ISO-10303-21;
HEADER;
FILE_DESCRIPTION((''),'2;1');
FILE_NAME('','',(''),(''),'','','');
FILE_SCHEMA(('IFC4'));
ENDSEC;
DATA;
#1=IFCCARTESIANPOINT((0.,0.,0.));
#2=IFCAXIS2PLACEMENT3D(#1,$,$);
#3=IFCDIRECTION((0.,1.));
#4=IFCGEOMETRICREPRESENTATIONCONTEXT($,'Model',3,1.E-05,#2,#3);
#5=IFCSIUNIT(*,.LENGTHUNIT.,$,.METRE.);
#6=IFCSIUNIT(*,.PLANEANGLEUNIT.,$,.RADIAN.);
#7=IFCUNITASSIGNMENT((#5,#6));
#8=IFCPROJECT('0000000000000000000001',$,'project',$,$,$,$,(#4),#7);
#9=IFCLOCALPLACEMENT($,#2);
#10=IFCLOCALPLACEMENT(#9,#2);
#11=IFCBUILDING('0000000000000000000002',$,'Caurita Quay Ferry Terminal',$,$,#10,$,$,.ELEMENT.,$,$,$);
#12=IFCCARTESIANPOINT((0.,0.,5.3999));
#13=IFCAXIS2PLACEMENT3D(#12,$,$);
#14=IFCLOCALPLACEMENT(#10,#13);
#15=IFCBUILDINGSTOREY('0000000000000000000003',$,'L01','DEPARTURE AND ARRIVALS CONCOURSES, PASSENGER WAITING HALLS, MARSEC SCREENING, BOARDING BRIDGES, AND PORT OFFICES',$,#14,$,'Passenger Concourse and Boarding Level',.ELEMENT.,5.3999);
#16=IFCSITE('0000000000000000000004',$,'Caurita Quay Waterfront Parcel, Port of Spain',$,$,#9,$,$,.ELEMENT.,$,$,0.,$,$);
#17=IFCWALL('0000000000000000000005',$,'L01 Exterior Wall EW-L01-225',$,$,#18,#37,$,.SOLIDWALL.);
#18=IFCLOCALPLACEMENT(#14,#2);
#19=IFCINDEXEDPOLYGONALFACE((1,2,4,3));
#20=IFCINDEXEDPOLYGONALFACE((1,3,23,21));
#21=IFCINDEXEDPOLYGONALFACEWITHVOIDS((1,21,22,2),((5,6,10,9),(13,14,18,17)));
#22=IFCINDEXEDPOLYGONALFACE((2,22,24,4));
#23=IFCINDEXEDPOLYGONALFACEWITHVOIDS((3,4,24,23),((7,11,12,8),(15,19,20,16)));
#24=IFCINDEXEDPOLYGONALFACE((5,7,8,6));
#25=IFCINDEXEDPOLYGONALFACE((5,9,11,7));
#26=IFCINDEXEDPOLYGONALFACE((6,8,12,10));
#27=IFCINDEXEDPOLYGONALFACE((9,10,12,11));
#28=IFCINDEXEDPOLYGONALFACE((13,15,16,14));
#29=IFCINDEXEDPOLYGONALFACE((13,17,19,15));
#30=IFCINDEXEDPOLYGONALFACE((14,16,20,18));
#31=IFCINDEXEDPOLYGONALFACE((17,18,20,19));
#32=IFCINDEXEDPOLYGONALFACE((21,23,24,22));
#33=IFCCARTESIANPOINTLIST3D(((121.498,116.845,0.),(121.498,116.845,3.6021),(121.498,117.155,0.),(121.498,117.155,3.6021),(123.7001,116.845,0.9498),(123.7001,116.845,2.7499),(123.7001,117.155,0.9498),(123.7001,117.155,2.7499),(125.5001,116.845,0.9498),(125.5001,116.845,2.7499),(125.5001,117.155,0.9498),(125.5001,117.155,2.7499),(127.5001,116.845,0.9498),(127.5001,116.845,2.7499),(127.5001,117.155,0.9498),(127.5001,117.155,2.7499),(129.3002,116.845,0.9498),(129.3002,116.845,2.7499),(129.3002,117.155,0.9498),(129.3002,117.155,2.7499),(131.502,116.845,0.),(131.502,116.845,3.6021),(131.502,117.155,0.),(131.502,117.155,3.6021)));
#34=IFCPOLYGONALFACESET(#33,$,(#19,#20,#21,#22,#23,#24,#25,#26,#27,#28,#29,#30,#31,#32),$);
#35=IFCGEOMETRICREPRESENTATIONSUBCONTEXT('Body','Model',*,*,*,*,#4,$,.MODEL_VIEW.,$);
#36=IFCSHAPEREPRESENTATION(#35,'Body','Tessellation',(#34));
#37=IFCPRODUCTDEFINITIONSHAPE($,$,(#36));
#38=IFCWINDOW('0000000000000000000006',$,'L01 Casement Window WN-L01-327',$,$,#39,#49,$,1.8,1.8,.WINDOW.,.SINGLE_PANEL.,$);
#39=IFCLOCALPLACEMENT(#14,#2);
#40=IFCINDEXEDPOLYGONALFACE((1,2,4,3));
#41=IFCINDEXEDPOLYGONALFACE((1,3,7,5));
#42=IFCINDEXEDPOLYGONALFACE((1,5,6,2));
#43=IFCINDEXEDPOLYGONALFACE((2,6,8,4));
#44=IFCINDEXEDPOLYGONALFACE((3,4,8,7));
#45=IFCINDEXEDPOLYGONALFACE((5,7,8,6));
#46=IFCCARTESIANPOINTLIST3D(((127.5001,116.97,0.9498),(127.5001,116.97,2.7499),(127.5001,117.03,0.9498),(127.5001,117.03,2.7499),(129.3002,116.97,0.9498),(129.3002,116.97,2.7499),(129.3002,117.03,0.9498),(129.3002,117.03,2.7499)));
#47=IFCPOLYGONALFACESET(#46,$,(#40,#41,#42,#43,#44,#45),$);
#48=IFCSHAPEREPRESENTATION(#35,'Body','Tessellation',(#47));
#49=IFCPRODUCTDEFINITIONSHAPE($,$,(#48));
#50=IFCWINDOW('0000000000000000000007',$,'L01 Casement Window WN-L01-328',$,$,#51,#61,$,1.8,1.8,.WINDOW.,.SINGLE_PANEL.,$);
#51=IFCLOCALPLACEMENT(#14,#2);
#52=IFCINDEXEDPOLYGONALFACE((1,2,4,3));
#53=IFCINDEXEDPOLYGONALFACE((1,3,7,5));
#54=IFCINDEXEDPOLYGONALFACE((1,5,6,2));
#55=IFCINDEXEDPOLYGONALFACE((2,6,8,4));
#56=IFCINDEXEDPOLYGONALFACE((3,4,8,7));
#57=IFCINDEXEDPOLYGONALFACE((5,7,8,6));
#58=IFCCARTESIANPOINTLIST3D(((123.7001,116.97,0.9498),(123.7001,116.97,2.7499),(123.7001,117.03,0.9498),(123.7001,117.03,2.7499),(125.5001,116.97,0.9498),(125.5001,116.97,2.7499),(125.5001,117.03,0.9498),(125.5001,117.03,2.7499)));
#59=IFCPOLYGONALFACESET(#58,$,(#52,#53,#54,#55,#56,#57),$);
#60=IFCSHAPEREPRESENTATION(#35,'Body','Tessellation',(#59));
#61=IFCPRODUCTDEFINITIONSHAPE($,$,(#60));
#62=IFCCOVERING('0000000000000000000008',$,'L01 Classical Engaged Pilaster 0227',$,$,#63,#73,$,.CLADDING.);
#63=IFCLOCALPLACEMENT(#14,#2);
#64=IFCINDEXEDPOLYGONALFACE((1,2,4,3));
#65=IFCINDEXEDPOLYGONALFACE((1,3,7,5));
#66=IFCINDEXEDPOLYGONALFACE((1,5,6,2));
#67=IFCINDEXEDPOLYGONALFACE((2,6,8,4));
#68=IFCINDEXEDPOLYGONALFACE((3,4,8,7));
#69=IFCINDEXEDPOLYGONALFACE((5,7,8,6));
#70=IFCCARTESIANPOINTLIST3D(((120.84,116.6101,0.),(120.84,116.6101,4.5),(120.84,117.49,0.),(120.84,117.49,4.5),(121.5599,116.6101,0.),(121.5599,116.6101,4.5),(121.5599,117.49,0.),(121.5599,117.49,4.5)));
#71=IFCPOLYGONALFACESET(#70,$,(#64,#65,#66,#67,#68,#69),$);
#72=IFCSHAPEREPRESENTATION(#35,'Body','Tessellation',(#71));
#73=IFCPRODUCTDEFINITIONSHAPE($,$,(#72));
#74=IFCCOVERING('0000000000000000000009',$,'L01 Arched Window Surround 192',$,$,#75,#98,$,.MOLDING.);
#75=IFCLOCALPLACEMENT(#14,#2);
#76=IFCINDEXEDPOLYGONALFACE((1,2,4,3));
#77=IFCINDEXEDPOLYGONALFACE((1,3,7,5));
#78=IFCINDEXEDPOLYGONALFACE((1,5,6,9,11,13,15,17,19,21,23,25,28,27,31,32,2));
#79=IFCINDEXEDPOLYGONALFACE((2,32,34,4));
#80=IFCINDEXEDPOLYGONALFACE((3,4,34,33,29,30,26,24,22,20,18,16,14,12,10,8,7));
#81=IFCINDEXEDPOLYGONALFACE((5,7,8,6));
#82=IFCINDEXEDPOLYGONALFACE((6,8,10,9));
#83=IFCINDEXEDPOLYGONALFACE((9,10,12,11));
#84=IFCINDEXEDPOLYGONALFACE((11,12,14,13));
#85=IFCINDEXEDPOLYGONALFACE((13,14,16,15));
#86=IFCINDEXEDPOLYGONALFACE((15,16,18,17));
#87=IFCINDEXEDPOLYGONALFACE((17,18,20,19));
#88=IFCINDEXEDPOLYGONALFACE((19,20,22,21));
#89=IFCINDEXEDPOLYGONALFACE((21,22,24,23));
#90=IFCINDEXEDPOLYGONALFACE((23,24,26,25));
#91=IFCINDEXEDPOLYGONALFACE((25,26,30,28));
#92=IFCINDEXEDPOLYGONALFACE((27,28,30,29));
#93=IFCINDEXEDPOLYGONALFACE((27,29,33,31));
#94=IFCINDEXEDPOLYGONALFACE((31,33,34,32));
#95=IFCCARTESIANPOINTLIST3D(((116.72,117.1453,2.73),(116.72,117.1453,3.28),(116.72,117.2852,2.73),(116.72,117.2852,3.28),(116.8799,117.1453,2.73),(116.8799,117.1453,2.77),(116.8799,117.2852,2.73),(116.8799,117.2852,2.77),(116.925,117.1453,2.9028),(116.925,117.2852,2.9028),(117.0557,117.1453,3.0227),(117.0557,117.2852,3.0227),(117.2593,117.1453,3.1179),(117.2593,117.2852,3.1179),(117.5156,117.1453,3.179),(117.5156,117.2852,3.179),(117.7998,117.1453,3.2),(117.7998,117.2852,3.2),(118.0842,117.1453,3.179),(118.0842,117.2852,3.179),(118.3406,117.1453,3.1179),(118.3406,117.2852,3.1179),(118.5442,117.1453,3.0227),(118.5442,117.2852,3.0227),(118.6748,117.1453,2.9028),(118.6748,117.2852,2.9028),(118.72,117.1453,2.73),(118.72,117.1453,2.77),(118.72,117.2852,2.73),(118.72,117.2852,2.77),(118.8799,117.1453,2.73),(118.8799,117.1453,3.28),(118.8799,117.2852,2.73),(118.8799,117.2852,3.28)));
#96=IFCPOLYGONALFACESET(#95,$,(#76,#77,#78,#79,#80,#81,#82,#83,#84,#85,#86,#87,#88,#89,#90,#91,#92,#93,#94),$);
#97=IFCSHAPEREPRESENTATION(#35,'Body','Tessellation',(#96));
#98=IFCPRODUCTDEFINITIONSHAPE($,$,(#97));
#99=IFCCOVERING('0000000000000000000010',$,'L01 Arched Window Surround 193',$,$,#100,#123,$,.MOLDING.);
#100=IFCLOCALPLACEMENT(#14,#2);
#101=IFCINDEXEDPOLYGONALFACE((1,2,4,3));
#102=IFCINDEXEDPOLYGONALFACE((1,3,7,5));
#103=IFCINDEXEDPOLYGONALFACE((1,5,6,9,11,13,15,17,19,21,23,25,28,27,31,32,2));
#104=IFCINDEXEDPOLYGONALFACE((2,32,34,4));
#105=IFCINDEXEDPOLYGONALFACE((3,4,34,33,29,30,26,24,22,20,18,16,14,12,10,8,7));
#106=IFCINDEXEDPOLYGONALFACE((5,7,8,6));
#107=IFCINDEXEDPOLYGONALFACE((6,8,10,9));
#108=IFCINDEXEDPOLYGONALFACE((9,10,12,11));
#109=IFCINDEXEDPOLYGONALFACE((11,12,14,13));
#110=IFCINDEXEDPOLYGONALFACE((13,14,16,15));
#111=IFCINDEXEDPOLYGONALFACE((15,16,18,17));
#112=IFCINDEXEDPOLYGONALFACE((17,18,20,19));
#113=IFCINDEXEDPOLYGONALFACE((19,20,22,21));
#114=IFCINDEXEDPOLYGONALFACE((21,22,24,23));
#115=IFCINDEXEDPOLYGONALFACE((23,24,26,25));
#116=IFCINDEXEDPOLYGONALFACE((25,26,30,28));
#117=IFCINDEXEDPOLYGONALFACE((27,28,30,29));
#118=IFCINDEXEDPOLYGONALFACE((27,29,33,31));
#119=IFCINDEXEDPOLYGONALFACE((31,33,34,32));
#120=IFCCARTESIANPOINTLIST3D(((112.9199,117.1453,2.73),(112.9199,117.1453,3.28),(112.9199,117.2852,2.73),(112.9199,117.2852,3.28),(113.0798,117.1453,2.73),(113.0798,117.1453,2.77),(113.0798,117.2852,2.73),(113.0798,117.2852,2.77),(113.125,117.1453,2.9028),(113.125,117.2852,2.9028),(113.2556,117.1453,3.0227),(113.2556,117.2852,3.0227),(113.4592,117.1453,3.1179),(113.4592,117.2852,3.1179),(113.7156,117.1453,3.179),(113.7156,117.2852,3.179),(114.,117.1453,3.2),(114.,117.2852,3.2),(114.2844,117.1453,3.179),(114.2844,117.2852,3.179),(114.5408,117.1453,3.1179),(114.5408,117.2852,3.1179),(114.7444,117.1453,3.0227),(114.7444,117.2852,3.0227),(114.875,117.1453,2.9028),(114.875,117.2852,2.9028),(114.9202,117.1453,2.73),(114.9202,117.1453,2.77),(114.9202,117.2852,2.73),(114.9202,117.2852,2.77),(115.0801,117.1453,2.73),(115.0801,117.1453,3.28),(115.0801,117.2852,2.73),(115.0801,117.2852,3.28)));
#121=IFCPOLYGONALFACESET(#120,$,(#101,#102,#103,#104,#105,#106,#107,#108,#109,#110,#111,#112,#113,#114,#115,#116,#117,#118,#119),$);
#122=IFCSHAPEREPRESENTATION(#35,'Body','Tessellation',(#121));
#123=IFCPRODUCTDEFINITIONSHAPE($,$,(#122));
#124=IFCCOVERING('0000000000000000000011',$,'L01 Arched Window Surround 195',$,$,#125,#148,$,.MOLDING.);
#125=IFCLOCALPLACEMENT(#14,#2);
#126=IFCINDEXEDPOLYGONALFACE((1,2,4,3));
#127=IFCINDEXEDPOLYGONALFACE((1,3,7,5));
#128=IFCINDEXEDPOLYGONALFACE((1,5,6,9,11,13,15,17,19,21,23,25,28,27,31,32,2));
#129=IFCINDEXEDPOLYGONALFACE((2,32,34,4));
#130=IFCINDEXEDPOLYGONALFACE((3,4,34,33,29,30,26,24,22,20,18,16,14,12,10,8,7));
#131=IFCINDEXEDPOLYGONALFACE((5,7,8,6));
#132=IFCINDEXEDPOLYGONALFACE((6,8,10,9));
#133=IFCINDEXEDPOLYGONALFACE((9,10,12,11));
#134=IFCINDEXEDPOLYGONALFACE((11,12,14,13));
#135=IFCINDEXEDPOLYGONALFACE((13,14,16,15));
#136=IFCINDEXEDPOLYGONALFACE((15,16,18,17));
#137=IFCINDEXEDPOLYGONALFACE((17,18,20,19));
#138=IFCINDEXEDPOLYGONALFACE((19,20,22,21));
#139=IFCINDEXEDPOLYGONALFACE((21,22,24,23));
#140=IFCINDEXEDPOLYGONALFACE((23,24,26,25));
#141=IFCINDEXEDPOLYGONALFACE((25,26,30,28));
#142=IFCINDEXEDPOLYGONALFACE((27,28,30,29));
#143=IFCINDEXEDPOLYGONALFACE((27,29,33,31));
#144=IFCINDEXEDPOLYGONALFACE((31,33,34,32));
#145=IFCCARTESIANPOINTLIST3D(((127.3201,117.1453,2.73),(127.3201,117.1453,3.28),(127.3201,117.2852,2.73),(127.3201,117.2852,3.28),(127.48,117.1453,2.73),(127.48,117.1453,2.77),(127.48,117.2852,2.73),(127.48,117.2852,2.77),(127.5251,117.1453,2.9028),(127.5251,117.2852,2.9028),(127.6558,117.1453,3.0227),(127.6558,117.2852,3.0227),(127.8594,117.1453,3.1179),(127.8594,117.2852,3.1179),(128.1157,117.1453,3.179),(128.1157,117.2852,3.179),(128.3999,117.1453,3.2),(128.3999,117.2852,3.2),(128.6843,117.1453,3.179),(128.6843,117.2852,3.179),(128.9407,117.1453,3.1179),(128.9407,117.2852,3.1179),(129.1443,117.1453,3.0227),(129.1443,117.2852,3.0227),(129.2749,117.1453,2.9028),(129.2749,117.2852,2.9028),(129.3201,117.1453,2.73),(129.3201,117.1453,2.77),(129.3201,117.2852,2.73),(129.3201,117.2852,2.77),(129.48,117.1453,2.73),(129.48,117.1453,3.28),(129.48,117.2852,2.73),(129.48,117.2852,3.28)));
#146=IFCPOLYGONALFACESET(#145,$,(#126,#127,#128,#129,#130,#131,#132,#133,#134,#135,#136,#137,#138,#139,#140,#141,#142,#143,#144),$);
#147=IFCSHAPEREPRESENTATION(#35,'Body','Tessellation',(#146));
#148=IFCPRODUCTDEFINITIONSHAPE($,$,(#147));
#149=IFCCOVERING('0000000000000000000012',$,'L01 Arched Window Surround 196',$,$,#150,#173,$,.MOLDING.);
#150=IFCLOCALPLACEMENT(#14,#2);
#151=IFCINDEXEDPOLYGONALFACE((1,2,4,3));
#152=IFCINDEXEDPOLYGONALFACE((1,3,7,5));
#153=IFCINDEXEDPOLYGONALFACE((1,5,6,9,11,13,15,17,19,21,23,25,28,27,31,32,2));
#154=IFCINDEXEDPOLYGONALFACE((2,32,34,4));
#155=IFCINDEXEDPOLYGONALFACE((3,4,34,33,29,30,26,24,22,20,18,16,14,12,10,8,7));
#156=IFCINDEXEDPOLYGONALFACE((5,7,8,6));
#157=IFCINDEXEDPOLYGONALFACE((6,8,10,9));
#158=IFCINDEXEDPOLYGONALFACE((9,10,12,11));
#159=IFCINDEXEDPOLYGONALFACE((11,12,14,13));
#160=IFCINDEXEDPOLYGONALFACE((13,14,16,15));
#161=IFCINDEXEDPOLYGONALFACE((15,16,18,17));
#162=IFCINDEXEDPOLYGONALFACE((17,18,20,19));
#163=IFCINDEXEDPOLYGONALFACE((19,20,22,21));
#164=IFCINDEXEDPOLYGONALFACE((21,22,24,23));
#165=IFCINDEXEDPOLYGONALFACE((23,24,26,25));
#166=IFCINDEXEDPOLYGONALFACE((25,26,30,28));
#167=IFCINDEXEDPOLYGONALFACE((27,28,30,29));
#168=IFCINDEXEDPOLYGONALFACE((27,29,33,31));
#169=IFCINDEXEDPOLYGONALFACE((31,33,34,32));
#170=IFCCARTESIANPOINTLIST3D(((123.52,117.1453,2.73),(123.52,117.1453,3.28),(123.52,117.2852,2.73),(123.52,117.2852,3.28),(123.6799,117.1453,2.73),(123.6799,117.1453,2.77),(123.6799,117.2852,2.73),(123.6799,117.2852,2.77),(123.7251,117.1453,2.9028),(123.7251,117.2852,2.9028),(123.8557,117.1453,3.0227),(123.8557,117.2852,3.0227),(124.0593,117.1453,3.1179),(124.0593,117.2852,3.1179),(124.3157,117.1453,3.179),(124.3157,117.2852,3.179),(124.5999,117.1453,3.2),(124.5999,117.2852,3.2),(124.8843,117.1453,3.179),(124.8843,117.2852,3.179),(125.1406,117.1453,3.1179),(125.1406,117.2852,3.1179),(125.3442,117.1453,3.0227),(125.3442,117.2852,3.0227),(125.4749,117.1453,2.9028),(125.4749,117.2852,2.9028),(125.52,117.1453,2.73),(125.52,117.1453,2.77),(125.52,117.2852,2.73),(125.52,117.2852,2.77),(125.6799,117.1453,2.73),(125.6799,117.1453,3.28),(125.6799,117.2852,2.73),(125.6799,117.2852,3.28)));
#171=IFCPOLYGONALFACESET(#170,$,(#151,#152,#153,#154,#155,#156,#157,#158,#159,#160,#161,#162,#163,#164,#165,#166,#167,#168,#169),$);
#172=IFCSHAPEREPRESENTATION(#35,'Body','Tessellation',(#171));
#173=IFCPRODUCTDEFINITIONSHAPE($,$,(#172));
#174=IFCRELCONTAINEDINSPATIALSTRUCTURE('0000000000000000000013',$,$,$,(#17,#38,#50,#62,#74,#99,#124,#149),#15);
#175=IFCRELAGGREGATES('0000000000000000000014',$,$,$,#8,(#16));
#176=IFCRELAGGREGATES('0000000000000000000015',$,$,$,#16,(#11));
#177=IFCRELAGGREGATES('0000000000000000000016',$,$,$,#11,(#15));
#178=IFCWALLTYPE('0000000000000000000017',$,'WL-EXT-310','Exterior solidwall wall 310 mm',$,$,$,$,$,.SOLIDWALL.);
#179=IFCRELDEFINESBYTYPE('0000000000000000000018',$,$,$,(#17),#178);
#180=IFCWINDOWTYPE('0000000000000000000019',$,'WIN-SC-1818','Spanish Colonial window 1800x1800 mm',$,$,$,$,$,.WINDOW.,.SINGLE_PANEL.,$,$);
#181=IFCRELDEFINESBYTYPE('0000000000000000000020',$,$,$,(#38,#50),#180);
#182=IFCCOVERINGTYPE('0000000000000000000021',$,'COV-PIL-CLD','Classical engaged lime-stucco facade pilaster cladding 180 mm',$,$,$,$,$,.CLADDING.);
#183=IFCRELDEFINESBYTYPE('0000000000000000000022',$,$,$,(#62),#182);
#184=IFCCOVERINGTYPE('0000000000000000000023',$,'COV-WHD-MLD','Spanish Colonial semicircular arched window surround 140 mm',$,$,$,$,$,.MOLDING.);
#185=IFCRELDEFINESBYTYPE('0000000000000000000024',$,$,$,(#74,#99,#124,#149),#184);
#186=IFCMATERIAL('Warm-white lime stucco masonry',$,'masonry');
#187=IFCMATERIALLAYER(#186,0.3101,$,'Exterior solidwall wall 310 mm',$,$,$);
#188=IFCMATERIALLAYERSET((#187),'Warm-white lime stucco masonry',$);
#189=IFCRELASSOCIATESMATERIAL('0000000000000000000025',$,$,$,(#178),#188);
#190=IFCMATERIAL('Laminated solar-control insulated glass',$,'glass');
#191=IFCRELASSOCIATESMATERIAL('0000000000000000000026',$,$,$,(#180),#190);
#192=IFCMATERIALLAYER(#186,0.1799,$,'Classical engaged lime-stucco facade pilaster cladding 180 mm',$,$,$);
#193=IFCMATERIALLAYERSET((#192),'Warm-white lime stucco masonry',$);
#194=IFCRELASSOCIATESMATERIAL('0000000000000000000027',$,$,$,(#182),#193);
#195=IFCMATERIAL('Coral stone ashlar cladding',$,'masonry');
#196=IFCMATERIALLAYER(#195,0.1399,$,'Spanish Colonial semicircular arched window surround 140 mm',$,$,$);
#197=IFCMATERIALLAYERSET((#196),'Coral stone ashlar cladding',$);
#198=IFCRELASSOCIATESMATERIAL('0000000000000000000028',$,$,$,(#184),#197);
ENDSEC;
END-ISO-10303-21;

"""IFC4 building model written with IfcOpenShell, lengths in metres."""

from ifc_helpers import new_model, si_unit, direction, frame, frame_2d, origin, origin_2d, place, context, subcontext, project, spatial, polyline, rectangle, outline, extrude, material, layer, layer_set, type_object, element, fill, save


model = new_model("IFC4")

# Units and contexts
model_context = context("Model", 3, precision=1e-05, world=origin(), true_north=direction((0.0, 1.0)))
body_context = subcontext(model_context, "Body", "Model", "MODEL_VIEW")
ifc_project = project(units=[si_unit("LENGTHUNIT", "METRE"), si_unit("PLANEANGLEUNIT", "RADIAN")], contexts=[model_context])

# Site, building, storey
site_placement = place(None, origin())
site = spatial("IfcSite", under=ifc_project, at=site_placement, Name="Caurita Quay Waterfront Parcel, Port of Spain", CompositionType="ELEMENT", RefElevation=0.0)
building_placement = place(site_placement, origin())
building = spatial("IfcBuilding", under=site, at=building_placement, Name="Caurita Quay Ferry Terminal", CompositionType="ELEMENT")
storey_placement = place(building_placement, frame((0.0, 0.0, 5.3999)))
storey = spatial("IfcBuildingStorey", under=building, at=storey_placement, Name="L01", Description="DEPARTURE AND ARRIVALS CONCOURSES, PASSENGER WAITING HALLS, MARSEC SCREENING, BOARDING BRIDGES, AND PORT OFFICES", LongName="Passenger Concourse and Boarding Level", CompositionType="ELEMENT", Elevation=5.3999)

# Wall, openings, windows
ifc_material_1 = material(Name="Warm-white lime stucco masonry", Category="masonry")
ifc_layer_1 = layer(ifc_material_1, 0.3101, Name="Exterior solidwall wall 310 mm")
ifc_layer_set_1 = layer_set([ifc_layer_1], Name="Warm-white lime stucco masonry")
wall_type = type_object("IfcWallType", Name="WL-EXT-310", Description="Exterior solidwall wall 310 mm", PredefinedType="SOLIDWALL", material=ifc_layer_set_1)
ifc_material_2 = material(Name="Laminated solar-control insulated glass", Category="glass")
window_type = type_object("IfcWindowType", Name="WIN-SC-1818", Description="Spanish Colonial window 1800x1800 mm", PartitioningType="SINGLE_PANEL", PredefinedType="WINDOW", material=ifc_material_2)
wall_1_placement = place(storey_placement, frame((131.502, 117.0, 0.0), z_axis=(0.0, 0.0, 1.0), x_axis=(-1.0, 0.0, 0.0)))
wall_1 = element("IfcWall", 1, at=wall_1_placement, inside=storey, type_object=wall_type, Name="L01 Exterior Wall EW-L01-225", PredefinedType="SOLIDWALL", context=body_context, shape_type="SweptSolid", body=[
    extrude(rectangle(XDim=10.0039, YDim=0.3101, at=frame_2d((5.002, 0.0))), origin(), (0.0, 0.0, 1.0), 3.6021),
])
opening_1_placement = place(wall_1_placement, frame((2.2019, 0.0, 0.95)))
opening_1 = element("IfcOpeningElement", 2, at=opening_1_placement, cuts=wall_1, PredefinedType="OPENING", context=body_context, shape_type="SweptSolid", body=[
    extrude(rectangle(XDim=1.8, YDim=1.8, at=frame_2d((0.8999, 0.8999))), frame((0.0, 0.165, 0.0), z_axis=(0.0, -1.0, 0.0), x_axis=(1.0, 0.0, 0.0)), (0.0, 0.0, 1.0), 0.3301),
])
opening_2_placement = place(wall_1_placement, frame((6.002, 0.0, 0.95)))
opening_2 = element("IfcOpeningElement", 3, at=opening_2_placement, cuts=wall_1, PredefinedType="OPENING", context=body_context, shape_type="SweptSolid", body=[
    extrude(rectangle(XDim=1.8, YDim=1.8, at=frame_2d((0.8999, 0.8999))), frame((0.0, 0.165, 0.0), z_axis=(0.0, -1.0, 0.0), x_axis=(1.0, 0.0, 0.0)), (0.0, 0.0, 1.0), 0.3301),
])
window_1_placement = place(opening_1_placement, origin())
window_1 = element("IfcWindow", 4, at=window_1_placement, inside=storey, type_object=window_type, Name="L01 Casement Window WN-L01-327", OverallHeight=1.8, OverallWidth=1.8, PartitioningType="SINGLE_PANEL", PredefinedType="WINDOW", context=body_context, shape_type="SweptSolid", body=[
    extrude(rectangle(XDim=1.8, YDim=1.8, at=frame_2d((0.8999, 0.8999))), frame((0.0, 0.03, 0.0), z_axis=(0.0, -1.0, 0.0), x_axis=(1.0, 0.0, 0.0)), (0.0, 0.0, 1.0), 0.0601),
])
fill(opening_1, window_1)
window_2_placement = place(opening_2_placement, origin())
window_2 = element("IfcWindow", 5, at=window_2_placement, inside=storey, type_object=window_type, Name="L01 Casement Window WN-L01-328", OverallHeight=1.8, OverallWidth=1.8, PartitioningType="SINGLE_PANEL", PredefinedType="WINDOW", context=body_context, shape_type="SweptSolid", body=[
    extrude(rectangle(XDim=1.8, YDim=1.8, at=frame_2d((0.8999, 0.8999))), frame((0.0, 0.03, 0.0), z_axis=(0.0, -1.0, 0.0), x_axis=(1.0, 0.0, 0.0)), (0.0, 0.0, 1.0), 0.0601),
])
fill(opening_2, window_2)

# Coverings
ifc_layer_2 = layer(ifc_material_1, 0.1799, Name="Classical engaged lime-stucco facade pilaster cladding 180 mm")
ifc_layer_set_2 = layer_set([ifc_layer_2], Name="Warm-white lime stucco masonry")
covering_type_1 = type_object("IfcCoveringType", Name="COV-PIL-CLD", Description="Classical engaged lime-stucco facade pilaster cladding 180 mm", PredefinedType="CLADDING", material=ifc_layer_set_2)
covering_1_placement = place(storey_placement, frame((121.2, 117.05, 0.0), z_axis=(0.0, 0.0, 1.0), x_axis=(1.0, 0.0, 0.0)))
element("IfcCovering", 6, at=covering_1_placement, inside=storey, type_object=covering_type_1, Name="L01 Classical Engaged Pilaster 0227", PredefinedType="CLADDING", context=body_context, shape_type="SweptSolid", body=[
    extrude(rectangle(XDim=0.72, YDim=0.8799, at=origin_2d()), origin(), (0.0, 0.0, 1.0), 4.5),
])
ifc_material_3 = material(Name="Coral stone ashlar cladding", Category="masonry")
ifc_layer_3 = layer(ifc_material_3, 0.1399, Name="Spanish Colonial semicircular arched window surround 140 mm")
ifc_layer_set_3 = layer_set([ifc_layer_3], Name="Coral stone ashlar cladding")
covering_type_2 = type_object("IfcCoveringType", Name="COV-WHD-MLD", Description="Spanish Colonial semicircular arched window surround 140 mm", PredefinedType="MOLDING", material=ifc_layer_set_3)
covering_2_placement = place(storey_placement, frame((118.8799, 117.2151, 2.73), z_axis=(0.0, 0.0, 1.0), x_axis=(-1.0, 0.0, 0.0)))
element("IfcCovering", 7, at=covering_2_placement, inside=storey, type_object=covering_type_2, Name="L01 Arched Window Surround 192", PredefinedType="MOLDING", context=body_context, shape_type="SweptSolid", body=[
    extrude(outline(polyline([(0.0, 0.0), (0.1599, 0.0), (0.1599, 0.04), (0.2051, 0.1729), (0.3357, 0.2927), (0.5393, 0.3879), (0.7957, 0.449), (1.0801, 0.47), (1.3643, 0.449), (1.6206, 0.3879), (1.8242, 0.2927), (1.9548, 0.1729), (2.0, 0.04), (2.0, 0.0), (2.1599, 0.0), (2.1599, 0.55), (0.0, 0.55), (0.0, 0.0)])), frame((0.0, 0.0698, 0.0), z_axis=(0.0, -1.0, 0.0), x_axis=(1.0, 0.0, 0.0)), (0.0, 0.0, 1.0), 0.1399),
])
covering_3_placement = place(storey_placement, frame((115.0801, 117.2151, 2.73), z_axis=(0.0, 0.0, 1.0), x_axis=(-1.0, 0.0, 0.0)))
element("IfcCovering", 8, at=covering_3_placement, inside=storey, type_object=covering_type_2, Name="L01 Arched Window Surround 193", PredefinedType="MOLDING", context=body_context, shape_type="SweptSolid", body=[
    extrude(outline(polyline([(0.0, 0.0), (0.1599, 0.0), (0.1599, 0.04), (0.2051, 0.1729), (0.3357, 0.2927), (0.5393, 0.3879), (0.7957, 0.449), (1.0801, 0.47), (1.3645, 0.449), (1.6208, 0.3879), (1.8245, 0.2927), (1.9551, 0.1729), (2.0002, 0.04), (2.0002, 0.0), (2.1602, 0.0), (2.1602, 0.55), (0.0, 0.55), (0.0, 0.0)])), frame((0.0, 0.0698, 0.0), z_axis=(0.0, -1.0, 0.0), x_axis=(1.0, 0.0, 0.0)), (0.0, 0.0, 1.0), 0.1399),
])
for number, where, z_axis, x_axis, name in (
    (9, (129.48, 117.2151, 2.73), (0.0, 0.0, 1.0), (-1.0, 0.0, 0.0), "L01 Arched Window Surround 195"),
    (10, (125.6799, 117.2151, 2.73), (0.0, 0.0, 1.0), (-1.0, 0.0, 0.0), "L01 Arched Window Surround 196"),
):
    element("IfcCovering", number, at=place(storey_placement, frame(where, z_axis=z_axis, x_axis=x_axis)), inside=storey, type_object=covering_type_2, Name=name, PredefinedType="MOLDING", context=body_context, shape_type="SweptSolid", body=[
        extrude(outline(polyline([(0.0, 0.0), (0.1599, 0.0), (0.1599, 0.04), (0.2051, 0.1729), (0.3357, 0.2927), (0.5393, 0.3879), (0.7957, 0.449), (1.0801, 0.47), (1.3643, 0.449), (1.6206, 0.3879), (1.8242, 0.2927), (1.9548, 0.1729), (2.0, 0.04), (2.0, 0.0), (2.1599, 0.0), (2.1599, 0.55), (0.0, 0.55), (0.0, 0.0)])), frame((0.0, 0.0698, 0.0), z_axis=(0.0, -1.0, 0.0), x_axis=(1.0, 0.0, 0.0)), (0.0, 0.0, 1.0), 0.1399),
    ])

save(model, "model.ifc")
